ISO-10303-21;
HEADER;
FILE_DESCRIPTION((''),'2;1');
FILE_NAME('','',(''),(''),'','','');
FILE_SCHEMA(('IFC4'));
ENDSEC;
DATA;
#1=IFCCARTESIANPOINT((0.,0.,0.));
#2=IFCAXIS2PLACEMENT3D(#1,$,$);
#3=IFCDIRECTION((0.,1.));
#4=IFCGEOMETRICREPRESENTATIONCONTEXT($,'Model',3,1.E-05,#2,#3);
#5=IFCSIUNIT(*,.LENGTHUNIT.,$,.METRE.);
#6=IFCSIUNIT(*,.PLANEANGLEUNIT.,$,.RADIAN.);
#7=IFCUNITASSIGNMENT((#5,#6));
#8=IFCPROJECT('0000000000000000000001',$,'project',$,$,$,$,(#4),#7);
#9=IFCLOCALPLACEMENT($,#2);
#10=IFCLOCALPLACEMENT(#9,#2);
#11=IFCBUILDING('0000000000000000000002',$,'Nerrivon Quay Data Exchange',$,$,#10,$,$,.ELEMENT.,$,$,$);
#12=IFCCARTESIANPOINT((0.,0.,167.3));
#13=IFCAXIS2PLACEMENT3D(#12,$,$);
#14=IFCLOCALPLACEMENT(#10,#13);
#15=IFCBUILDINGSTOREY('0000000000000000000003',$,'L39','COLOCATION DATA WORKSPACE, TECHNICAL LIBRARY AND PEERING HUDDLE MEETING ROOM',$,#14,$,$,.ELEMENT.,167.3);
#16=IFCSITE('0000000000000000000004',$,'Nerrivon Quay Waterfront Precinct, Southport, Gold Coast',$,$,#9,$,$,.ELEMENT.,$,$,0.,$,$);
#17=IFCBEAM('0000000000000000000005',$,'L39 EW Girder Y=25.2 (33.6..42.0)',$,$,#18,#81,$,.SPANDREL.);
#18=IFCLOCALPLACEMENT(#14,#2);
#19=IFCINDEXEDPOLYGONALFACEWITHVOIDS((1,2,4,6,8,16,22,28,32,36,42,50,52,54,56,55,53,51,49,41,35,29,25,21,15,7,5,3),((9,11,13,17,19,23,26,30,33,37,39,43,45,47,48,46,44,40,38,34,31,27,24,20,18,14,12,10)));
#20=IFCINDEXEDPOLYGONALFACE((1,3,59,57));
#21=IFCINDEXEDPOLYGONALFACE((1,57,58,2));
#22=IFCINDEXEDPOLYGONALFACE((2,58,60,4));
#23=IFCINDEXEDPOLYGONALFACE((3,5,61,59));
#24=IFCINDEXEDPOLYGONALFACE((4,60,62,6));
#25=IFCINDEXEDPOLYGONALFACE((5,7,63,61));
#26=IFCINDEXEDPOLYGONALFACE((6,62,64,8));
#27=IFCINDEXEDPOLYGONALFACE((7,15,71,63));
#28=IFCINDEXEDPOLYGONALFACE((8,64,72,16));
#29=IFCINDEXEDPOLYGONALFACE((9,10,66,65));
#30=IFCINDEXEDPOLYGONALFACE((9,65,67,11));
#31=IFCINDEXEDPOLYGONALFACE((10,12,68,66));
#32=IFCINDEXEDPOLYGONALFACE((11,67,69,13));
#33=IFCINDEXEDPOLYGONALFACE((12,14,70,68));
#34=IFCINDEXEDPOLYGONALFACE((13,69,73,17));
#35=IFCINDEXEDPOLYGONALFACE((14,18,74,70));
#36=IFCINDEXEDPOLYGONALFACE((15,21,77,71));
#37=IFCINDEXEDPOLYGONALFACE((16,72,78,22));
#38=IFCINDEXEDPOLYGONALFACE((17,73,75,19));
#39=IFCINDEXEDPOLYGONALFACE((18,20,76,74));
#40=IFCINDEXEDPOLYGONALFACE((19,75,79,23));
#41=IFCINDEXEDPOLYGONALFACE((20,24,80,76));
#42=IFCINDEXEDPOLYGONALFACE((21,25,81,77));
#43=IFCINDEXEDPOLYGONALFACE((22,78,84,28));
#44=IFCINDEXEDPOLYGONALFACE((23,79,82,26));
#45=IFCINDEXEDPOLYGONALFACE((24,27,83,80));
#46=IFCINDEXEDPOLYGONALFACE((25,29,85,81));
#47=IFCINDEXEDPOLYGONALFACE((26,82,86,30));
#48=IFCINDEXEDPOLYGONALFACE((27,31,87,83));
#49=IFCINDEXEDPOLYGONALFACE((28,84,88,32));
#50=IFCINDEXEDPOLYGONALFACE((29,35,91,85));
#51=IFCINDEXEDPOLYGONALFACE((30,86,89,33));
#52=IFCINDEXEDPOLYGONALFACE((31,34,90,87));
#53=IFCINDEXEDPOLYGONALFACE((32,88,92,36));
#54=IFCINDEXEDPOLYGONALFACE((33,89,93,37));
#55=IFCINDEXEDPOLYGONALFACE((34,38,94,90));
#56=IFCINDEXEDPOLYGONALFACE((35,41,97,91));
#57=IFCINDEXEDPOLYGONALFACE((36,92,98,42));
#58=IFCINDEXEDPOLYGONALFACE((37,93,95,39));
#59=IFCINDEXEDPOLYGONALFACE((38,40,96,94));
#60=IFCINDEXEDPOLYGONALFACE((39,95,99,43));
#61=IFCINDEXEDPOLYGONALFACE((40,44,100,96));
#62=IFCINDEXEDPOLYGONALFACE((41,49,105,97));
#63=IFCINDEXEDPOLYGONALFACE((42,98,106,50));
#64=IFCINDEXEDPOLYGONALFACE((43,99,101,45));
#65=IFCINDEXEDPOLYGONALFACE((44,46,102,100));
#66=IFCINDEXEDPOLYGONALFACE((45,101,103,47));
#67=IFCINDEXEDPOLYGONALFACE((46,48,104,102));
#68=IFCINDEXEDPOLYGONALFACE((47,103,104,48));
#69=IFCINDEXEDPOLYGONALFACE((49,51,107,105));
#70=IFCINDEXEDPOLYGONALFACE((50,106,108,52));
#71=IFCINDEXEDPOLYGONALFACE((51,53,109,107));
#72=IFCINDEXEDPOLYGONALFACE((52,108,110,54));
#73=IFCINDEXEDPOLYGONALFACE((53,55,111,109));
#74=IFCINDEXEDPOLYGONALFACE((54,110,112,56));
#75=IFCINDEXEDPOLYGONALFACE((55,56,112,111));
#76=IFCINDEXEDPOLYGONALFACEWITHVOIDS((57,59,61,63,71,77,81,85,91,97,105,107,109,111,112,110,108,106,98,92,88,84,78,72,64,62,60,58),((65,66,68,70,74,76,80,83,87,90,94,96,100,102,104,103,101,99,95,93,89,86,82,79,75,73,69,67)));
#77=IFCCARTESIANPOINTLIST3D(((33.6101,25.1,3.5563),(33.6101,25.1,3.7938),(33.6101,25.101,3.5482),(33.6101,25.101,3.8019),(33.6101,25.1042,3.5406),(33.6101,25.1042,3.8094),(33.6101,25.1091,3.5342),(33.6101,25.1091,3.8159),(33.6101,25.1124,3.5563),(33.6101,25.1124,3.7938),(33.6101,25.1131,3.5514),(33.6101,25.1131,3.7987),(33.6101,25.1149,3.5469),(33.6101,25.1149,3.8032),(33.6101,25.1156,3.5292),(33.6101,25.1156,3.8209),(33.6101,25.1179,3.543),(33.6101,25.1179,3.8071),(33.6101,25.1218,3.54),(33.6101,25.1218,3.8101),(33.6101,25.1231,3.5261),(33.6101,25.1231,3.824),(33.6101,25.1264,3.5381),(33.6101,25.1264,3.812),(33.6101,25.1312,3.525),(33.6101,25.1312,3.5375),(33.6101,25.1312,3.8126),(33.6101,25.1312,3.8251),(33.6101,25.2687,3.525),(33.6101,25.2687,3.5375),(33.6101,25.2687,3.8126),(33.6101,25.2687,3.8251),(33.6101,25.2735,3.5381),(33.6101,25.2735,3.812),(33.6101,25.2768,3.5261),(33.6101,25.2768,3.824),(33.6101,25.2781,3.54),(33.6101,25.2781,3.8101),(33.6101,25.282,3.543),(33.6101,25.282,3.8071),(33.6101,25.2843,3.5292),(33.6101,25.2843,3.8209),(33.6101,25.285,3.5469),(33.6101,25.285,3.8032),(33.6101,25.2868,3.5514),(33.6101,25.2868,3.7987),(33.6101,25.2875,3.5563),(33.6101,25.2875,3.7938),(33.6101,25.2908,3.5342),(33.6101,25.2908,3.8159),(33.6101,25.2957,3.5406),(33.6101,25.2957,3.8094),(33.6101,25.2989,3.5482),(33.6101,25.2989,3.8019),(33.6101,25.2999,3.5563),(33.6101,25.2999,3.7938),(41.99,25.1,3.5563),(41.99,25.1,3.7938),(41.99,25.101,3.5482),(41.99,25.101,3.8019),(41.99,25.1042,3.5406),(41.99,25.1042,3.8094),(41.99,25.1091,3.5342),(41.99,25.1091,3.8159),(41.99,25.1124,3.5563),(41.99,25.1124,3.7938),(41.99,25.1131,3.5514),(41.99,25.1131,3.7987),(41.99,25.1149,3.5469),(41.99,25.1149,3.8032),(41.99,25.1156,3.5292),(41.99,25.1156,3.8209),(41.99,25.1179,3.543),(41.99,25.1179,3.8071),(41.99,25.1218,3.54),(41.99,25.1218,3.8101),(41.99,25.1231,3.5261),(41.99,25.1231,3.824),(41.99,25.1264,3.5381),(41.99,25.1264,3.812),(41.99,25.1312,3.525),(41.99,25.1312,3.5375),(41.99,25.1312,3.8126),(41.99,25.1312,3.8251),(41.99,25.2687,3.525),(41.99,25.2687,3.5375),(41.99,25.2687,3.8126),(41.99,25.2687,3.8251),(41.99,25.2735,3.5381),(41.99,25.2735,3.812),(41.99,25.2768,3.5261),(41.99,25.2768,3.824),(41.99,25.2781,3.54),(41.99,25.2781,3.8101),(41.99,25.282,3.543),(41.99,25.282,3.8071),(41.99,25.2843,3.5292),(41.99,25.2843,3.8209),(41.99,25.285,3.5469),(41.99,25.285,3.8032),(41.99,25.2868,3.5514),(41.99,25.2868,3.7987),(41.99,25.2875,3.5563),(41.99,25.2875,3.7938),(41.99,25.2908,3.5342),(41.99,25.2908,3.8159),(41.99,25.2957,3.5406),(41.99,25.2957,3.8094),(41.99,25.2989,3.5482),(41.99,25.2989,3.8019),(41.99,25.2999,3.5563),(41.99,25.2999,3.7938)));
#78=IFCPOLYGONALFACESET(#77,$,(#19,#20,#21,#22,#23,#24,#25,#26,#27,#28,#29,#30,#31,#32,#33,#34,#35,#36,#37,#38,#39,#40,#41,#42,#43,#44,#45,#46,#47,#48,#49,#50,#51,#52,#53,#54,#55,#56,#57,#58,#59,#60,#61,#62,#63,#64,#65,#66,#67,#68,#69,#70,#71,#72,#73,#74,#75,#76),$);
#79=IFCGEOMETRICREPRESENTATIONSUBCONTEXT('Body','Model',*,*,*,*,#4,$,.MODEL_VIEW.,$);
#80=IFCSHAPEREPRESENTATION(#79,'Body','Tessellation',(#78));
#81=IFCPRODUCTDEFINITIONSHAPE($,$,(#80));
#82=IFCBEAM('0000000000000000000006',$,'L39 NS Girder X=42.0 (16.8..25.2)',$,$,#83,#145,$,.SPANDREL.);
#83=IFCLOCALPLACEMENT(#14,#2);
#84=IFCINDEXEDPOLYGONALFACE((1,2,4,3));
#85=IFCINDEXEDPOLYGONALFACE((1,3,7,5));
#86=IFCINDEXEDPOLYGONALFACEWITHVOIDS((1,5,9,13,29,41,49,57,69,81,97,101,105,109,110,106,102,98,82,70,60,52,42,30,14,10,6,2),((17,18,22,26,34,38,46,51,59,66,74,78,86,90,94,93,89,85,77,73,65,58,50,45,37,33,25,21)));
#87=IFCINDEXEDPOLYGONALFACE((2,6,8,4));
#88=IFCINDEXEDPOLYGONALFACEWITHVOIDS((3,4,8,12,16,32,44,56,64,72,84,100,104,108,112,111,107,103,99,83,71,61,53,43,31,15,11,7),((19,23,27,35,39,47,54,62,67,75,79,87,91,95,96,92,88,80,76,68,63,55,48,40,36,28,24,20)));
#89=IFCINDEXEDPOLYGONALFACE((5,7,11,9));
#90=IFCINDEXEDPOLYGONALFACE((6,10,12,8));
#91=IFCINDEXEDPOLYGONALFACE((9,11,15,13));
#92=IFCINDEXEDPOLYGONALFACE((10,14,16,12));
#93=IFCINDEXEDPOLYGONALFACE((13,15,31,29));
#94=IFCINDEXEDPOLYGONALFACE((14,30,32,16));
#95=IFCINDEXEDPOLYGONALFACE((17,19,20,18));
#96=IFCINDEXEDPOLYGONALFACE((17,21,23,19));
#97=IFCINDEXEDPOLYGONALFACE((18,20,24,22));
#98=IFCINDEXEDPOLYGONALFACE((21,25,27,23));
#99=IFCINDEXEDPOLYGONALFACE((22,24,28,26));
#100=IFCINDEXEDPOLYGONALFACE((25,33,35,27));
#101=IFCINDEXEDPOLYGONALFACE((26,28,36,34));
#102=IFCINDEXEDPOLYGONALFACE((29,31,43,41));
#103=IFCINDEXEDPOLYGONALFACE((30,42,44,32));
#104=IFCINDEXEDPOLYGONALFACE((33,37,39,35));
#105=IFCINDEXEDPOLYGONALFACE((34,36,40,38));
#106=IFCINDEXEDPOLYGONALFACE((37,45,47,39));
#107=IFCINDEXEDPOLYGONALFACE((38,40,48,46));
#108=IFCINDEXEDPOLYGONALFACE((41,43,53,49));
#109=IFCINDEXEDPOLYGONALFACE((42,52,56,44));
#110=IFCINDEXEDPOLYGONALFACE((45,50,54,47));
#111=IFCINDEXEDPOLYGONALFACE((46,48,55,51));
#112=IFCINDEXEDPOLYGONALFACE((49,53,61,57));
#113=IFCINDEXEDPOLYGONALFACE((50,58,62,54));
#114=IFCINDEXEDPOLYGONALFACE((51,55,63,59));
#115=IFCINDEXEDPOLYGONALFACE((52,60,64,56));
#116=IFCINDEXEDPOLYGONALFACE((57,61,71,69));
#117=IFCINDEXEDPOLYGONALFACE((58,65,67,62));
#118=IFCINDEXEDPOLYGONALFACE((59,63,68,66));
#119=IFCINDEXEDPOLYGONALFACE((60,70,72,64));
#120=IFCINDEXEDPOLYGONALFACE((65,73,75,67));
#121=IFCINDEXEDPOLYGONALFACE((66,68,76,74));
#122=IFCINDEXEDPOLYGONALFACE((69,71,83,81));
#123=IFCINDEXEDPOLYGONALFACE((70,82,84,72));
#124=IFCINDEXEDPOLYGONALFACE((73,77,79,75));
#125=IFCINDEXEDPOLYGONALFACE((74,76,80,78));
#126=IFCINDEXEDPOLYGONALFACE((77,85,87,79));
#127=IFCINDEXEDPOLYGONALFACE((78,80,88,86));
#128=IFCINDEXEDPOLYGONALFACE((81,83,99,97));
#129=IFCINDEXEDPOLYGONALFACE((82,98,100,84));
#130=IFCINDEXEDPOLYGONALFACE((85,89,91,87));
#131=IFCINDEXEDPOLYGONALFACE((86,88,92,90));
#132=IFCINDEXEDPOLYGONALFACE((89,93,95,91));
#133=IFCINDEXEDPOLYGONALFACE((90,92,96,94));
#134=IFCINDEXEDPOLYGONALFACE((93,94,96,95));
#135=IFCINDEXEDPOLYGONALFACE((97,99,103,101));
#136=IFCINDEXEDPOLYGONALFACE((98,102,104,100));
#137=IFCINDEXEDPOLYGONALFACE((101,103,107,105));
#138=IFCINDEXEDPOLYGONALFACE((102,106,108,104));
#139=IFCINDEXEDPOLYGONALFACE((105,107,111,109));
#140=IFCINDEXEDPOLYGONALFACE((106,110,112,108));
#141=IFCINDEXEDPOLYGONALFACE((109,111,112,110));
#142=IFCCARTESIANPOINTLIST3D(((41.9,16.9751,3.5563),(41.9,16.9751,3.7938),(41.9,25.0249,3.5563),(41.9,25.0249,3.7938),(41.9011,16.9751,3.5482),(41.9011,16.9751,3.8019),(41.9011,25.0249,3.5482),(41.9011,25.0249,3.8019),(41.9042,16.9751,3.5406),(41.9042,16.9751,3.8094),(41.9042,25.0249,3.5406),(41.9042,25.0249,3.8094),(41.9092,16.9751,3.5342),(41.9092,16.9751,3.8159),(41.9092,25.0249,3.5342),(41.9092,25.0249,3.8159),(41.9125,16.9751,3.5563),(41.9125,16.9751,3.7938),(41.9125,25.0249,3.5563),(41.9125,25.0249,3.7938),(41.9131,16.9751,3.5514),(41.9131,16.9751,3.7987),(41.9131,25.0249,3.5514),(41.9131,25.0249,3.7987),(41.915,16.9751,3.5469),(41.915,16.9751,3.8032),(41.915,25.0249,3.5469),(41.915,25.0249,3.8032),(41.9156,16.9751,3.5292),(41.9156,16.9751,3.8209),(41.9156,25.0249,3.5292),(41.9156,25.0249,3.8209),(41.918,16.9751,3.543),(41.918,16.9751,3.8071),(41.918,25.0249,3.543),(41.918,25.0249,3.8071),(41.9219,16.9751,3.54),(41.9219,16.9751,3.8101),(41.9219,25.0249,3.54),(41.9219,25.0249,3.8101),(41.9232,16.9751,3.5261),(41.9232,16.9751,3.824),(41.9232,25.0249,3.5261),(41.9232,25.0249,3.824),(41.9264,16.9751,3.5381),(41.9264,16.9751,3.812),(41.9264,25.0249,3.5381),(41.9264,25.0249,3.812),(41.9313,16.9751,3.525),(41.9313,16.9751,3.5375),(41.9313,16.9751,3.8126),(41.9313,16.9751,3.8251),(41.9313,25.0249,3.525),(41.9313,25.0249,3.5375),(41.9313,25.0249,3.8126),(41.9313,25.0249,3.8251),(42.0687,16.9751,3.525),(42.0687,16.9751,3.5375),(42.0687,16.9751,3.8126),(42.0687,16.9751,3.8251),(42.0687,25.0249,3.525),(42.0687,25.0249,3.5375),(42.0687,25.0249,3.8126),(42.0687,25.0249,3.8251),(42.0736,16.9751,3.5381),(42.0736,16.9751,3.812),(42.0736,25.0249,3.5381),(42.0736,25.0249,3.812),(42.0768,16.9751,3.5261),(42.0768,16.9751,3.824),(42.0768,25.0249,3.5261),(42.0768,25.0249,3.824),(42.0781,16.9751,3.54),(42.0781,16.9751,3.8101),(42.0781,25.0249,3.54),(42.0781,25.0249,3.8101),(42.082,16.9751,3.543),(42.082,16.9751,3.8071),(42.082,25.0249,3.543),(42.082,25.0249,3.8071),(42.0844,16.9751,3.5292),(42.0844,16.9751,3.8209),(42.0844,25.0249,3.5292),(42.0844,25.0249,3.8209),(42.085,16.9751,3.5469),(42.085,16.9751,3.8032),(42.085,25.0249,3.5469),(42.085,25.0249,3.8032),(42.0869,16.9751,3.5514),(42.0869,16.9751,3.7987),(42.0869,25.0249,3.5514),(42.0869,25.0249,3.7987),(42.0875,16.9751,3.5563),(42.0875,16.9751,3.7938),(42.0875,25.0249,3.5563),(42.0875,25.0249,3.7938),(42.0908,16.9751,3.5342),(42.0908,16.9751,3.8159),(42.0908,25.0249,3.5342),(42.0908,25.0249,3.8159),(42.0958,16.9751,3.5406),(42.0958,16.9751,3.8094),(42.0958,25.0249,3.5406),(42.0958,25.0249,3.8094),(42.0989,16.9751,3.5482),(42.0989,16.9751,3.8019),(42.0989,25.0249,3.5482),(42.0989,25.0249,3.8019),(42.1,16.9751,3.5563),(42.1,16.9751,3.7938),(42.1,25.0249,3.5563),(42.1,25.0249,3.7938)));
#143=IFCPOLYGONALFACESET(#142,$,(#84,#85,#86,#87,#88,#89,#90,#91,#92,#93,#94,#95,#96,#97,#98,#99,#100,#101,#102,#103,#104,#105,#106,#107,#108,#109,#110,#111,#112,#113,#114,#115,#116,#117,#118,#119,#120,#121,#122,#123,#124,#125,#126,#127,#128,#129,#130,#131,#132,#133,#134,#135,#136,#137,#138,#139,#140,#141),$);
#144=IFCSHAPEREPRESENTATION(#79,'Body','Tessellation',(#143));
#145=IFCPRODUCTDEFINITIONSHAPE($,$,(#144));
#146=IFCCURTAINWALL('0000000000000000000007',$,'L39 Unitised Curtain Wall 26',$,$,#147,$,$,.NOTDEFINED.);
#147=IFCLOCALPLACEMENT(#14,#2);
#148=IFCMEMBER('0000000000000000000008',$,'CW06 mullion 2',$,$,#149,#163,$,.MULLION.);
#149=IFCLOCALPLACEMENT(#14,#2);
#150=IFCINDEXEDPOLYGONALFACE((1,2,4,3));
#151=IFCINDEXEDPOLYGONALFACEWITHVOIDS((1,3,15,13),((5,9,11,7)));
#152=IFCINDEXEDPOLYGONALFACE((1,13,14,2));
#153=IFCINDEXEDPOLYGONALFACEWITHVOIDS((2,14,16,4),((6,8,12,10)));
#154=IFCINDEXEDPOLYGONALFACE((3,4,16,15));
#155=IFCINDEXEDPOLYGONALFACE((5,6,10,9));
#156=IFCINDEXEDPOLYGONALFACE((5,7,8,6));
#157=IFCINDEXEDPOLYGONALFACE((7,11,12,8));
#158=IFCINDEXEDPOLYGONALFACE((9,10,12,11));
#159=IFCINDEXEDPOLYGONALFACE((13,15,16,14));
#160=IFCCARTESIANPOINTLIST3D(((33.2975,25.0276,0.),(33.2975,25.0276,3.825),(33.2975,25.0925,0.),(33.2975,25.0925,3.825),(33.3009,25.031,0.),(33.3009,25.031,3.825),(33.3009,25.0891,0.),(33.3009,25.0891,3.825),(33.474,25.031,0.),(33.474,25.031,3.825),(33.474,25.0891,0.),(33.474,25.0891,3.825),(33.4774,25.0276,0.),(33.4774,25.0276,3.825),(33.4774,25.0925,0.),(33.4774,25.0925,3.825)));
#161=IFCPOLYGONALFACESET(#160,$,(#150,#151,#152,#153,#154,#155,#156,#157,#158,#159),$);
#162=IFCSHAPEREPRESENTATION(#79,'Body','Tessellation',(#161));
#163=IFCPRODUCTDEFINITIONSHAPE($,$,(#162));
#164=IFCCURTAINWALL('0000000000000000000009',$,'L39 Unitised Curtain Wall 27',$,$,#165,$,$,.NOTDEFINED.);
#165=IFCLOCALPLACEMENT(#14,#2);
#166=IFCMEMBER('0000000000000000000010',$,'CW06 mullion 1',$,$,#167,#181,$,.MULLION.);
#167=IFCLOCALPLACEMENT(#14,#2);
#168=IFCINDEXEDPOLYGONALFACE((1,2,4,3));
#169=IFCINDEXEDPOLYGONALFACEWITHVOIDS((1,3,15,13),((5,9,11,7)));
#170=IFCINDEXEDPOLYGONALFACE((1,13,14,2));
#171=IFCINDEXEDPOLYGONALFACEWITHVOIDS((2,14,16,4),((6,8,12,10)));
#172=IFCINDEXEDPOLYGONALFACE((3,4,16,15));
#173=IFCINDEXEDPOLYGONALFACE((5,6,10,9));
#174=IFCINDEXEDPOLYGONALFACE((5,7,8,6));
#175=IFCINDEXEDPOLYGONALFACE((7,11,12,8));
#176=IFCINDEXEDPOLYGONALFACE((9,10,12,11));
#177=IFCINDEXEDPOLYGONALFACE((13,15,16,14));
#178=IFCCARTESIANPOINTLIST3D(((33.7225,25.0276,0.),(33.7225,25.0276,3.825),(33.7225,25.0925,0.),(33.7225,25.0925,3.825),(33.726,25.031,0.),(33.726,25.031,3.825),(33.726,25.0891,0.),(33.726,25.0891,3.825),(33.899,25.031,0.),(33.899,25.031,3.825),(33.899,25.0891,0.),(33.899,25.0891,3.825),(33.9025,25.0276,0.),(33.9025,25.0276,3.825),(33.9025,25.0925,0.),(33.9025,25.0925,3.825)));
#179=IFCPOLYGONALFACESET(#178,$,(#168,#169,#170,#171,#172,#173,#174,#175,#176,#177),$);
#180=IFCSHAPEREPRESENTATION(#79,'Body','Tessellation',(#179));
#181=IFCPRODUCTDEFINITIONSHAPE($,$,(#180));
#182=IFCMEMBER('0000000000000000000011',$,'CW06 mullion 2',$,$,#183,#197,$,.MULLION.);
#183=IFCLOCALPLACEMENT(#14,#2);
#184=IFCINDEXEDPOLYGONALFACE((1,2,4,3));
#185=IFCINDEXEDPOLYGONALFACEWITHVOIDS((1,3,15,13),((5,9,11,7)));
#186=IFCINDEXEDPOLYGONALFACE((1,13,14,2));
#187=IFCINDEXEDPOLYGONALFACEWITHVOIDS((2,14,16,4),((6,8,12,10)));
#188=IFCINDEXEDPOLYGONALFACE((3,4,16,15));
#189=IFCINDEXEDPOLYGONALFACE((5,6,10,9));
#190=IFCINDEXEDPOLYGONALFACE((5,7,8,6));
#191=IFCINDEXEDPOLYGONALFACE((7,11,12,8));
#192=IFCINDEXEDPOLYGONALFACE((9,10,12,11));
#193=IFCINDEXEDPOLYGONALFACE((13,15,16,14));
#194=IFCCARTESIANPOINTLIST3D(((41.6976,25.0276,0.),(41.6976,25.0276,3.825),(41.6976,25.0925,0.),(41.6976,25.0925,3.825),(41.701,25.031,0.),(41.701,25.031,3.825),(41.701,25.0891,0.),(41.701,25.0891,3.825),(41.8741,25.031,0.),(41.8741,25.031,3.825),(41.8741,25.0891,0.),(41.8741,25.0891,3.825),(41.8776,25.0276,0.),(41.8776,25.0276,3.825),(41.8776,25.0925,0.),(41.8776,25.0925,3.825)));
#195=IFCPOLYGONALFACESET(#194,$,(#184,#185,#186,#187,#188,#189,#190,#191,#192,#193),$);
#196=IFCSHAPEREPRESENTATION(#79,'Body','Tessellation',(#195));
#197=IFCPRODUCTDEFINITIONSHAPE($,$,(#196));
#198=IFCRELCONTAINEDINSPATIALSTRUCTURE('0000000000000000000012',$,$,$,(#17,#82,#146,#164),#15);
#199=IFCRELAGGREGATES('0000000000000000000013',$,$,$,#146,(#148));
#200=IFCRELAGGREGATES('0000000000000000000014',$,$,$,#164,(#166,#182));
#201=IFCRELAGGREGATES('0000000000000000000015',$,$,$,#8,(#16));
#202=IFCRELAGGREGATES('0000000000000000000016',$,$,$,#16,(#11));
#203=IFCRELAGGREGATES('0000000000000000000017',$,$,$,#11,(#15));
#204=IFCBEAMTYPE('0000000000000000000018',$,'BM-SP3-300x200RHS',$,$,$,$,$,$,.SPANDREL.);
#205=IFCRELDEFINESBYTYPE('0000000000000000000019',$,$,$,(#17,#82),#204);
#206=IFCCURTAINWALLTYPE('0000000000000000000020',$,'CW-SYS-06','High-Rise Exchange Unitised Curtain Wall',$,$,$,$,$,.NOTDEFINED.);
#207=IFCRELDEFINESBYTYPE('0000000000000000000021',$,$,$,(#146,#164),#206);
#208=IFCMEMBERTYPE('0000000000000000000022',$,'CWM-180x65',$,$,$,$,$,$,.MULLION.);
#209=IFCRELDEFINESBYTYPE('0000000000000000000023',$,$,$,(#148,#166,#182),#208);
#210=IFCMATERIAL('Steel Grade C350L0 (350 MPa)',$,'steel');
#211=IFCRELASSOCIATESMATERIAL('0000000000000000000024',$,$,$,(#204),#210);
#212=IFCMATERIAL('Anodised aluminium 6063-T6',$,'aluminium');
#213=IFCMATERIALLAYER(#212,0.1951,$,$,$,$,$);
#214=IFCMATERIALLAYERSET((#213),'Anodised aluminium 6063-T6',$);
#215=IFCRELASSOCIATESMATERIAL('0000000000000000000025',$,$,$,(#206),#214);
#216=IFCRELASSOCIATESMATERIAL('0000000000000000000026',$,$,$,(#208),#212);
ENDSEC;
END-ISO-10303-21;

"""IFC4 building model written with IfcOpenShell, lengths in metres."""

from ifc_helpers import new_model, si_unit, direction, frame, origin, origin_2d, place, context, subcontext, project, spatial, hollow_rectangle, extrude, material, layer, layer_set, material_profile, profile_set, type_object, element, aggregate, save


model = new_model("IFC4")

# Units and contexts
model_context = context("Model", 3, precision=1e-05, world=origin(), true_north=direction((0.0, 1.0)))
body_context = subcontext(model_context, "Body", "Model", "MODEL_VIEW")
ifc_project = project(units=[si_unit("LENGTHUNIT", "METRE"), si_unit("PLANEANGLEUNIT", "RADIAN")], contexts=[model_context])

# Site, building, storey
site_placement = place(None, origin())
site = spatial("IfcSite", under=ifc_project, at=site_placement, Name="Nerrivon Quay Waterfront Precinct, Southport, Gold Coast", CompositionType="ELEMENT", RefElevation=0.0)
building_placement = place(site_placement, origin())
building = spatial("IfcBuilding", under=site, at=building_placement, Name="Nerrivon Quay Data Exchange", CompositionType="ELEMENT")
storey_placement = place(building_placement, frame((0.0, 0.0, 167.3)))
storey = spatial("IfcBuildingStorey", under=building, at=storey_placement, Name="L39", Description="COLOCATION DATA WORKSPACE, TECHNICAL LIBRARY AND PEERING HUDDLE MEETING ROOM", CompositionType="ELEMENT", Elevation=167.3)

# Beams
ifc_material_1 = material(Name="Steel Grade C350L0 (350 MPa)", Category="steel")
ifc_material_profile_1 = material_profile(ifc_material_1, hollow_rectangle(XDim=0.2, YDim=0.3, WallThickness=0.0125, InnerFilletRadius=0.0188, OuterFilletRadius=0.0312, at=origin_2d()), Name="300x200x12.5RHS")
ifc_profile_set_1 = profile_set([ifc_material_profile_1], Name="Steel Grade C350L0 (350 MPa)")
beam_type_1 = type_object("IfcBeamType", Name="BM-SP3-300x200RHS", PredefinedType="SPANDREL", material=ifc_profile_set_1)
beam_1_placement = place(storey_placement, frame((33.6101, 25.2, 3.675), z_axis=(1.0, 0.0, 0.0), x_axis=(0.0, 1.0, 0.0)))
element("IfcBeam", 1, at=beam_1_placement, inside=storey, type_object=beam_type_1, Name="L39 EW Girder Y=25.2 (33.6..42.0)", PredefinedType="SPANDREL", context=body_context, shape_type="SweptSolid", body=[
    extrude(hollow_rectangle(XDim=0.2, YDim=0.3, WallThickness=0.0125, InnerFilletRadius=0.0188, OuterFilletRadius=0.0312, at=origin_2d()), origin(), (0.0, 0.0, 1.0), 8.3799),
])
beam_2_placement = place(storey_placement, frame((42.0, 16.9751, 3.675), z_axis=(0.0, 1.0, 0.0), x_axis=(-1.0, 0.0, 0.0)))
element("IfcBeam", 2, at=beam_2_placement, inside=storey, type_object=beam_type_1, Name="L39 NS Girder X=42.0 (16.8..25.2)", PredefinedType="SPANDREL", context=body_context, shape_type="SweptSolid", body=[
    extrude(hollow_rectangle(XDim=0.2, YDim=0.3, WallThickness=0.0125, InnerFilletRadius=0.0188, OuterFilletRadius=0.0312, at=origin_2d()), origin(), (0.0, 0.0, 1.0), 8.0498),
])

# Curtain wall, member
ifc_material_2 = material(Name="Anodised aluminium 6063-T6", Category="aluminium")
ifc_layer_1 = layer(ifc_material_2, 0.1951)
ifc_layer_set_1 = layer_set([ifc_layer_1], Name="Anodised aluminium 6063-T6")
curtain_wall_type = type_object("IfcCurtainWallType", Name="CW-SYS-06", Description="High-Rise Exchange Unitised Curtain Wall", PredefinedType="NOTDEFINED", material=ifc_layer_set_1)
curtain_wall_1_placement = place(storey_placement, origin())
curtain_wall_1 = element("IfcCurtainWall", 3, at=curtain_wall_1_placement, inside=storey, type_object=curtain_wall_type, Name="L39 Unitised Curtain Wall 26", PredefinedType="NOTDEFINED")
ifc_material_profile_2 = material_profile(ifc_material_2, hollow_rectangle(XDim=0.0649, YDim=0.1799, WallThickness=0.0034, at=origin_2d()), Name="ALU-MULL-180x65")
ifc_profile_set_2 = profile_set([ifc_material_profile_2], Name="Anodised aluminium 6063-T6")
member_type_1 = type_object("IfcMemberType", Name="CWM-180x65", PredefinedType="MULLION", material=ifc_profile_set_2)
member_1_placement = place(storey_placement, frame((33.3875, 25.0601, 0.0), z_axis=(0.0, 0.0, 1.0), x_axis=(0.0, 1.0, 0.0)))
member_1 = element("IfcMember", 4, at=member_1_placement, type_object=member_type_1, Name="CW06 mullion 2", PredefinedType="MULLION", context=body_context, shape_type="SweptSolid", body=[
    extrude(hollow_rectangle(XDim=0.0649, YDim=0.1799, WallThickness=0.0034, at=origin_2d()), origin(), (0.0, 0.0, 1.0), 3.825),
])

# Curtain wall, members
curtain_wall_2_placement = place(storey_placement, origin())
curtain_wall_2 = element("IfcCurtainWall", 5, at=curtain_wall_2_placement, inside=storey, type_object=curtain_wall_type, Name="L39 Unitised Curtain Wall 27", PredefinedType="NOTDEFINED")
member_2_placement = place(storey_placement, frame((33.8125, 25.0601, 0.0), z_axis=(0.0, 0.0, 1.0), x_axis=(0.0, 1.0, 0.0)))
member_2 = element("IfcMember", 6, at=member_2_placement, type_object=member_type_1, Name="CW06 mullion 1", PredefinedType="MULLION", context=body_context, shape_type="SweptSolid", body=[
    extrude(hollow_rectangle(XDim=0.0649, YDim=0.1799, WallThickness=0.0034, at=origin_2d()), origin(), (0.0, 0.0, 1.0), 3.825),
])
member_3_placement = place(storey_placement, frame((41.7876, 25.0601, 0.0), z_axis=(0.0, 0.0, 1.0), x_axis=(0.0, 1.0, 0.0)))
member_3 = element("IfcMember", 7, at=member_3_placement, type_object=member_type_1, Name="CW06 mullion 2", PredefinedType="MULLION", context=body_context, shape_type="SweptSolid", body=[
    extrude(hollow_rectangle(XDim=0.0649, YDim=0.1799, WallThickness=0.0034, at=origin_2d()), origin(), (0.0, 0.0, 1.0), 3.825),
])

aggregate(curtain_wall_1, [member_1])
aggregate(curtain_wall_2, [member_2, member_3])

save(model, "model.ifc")
